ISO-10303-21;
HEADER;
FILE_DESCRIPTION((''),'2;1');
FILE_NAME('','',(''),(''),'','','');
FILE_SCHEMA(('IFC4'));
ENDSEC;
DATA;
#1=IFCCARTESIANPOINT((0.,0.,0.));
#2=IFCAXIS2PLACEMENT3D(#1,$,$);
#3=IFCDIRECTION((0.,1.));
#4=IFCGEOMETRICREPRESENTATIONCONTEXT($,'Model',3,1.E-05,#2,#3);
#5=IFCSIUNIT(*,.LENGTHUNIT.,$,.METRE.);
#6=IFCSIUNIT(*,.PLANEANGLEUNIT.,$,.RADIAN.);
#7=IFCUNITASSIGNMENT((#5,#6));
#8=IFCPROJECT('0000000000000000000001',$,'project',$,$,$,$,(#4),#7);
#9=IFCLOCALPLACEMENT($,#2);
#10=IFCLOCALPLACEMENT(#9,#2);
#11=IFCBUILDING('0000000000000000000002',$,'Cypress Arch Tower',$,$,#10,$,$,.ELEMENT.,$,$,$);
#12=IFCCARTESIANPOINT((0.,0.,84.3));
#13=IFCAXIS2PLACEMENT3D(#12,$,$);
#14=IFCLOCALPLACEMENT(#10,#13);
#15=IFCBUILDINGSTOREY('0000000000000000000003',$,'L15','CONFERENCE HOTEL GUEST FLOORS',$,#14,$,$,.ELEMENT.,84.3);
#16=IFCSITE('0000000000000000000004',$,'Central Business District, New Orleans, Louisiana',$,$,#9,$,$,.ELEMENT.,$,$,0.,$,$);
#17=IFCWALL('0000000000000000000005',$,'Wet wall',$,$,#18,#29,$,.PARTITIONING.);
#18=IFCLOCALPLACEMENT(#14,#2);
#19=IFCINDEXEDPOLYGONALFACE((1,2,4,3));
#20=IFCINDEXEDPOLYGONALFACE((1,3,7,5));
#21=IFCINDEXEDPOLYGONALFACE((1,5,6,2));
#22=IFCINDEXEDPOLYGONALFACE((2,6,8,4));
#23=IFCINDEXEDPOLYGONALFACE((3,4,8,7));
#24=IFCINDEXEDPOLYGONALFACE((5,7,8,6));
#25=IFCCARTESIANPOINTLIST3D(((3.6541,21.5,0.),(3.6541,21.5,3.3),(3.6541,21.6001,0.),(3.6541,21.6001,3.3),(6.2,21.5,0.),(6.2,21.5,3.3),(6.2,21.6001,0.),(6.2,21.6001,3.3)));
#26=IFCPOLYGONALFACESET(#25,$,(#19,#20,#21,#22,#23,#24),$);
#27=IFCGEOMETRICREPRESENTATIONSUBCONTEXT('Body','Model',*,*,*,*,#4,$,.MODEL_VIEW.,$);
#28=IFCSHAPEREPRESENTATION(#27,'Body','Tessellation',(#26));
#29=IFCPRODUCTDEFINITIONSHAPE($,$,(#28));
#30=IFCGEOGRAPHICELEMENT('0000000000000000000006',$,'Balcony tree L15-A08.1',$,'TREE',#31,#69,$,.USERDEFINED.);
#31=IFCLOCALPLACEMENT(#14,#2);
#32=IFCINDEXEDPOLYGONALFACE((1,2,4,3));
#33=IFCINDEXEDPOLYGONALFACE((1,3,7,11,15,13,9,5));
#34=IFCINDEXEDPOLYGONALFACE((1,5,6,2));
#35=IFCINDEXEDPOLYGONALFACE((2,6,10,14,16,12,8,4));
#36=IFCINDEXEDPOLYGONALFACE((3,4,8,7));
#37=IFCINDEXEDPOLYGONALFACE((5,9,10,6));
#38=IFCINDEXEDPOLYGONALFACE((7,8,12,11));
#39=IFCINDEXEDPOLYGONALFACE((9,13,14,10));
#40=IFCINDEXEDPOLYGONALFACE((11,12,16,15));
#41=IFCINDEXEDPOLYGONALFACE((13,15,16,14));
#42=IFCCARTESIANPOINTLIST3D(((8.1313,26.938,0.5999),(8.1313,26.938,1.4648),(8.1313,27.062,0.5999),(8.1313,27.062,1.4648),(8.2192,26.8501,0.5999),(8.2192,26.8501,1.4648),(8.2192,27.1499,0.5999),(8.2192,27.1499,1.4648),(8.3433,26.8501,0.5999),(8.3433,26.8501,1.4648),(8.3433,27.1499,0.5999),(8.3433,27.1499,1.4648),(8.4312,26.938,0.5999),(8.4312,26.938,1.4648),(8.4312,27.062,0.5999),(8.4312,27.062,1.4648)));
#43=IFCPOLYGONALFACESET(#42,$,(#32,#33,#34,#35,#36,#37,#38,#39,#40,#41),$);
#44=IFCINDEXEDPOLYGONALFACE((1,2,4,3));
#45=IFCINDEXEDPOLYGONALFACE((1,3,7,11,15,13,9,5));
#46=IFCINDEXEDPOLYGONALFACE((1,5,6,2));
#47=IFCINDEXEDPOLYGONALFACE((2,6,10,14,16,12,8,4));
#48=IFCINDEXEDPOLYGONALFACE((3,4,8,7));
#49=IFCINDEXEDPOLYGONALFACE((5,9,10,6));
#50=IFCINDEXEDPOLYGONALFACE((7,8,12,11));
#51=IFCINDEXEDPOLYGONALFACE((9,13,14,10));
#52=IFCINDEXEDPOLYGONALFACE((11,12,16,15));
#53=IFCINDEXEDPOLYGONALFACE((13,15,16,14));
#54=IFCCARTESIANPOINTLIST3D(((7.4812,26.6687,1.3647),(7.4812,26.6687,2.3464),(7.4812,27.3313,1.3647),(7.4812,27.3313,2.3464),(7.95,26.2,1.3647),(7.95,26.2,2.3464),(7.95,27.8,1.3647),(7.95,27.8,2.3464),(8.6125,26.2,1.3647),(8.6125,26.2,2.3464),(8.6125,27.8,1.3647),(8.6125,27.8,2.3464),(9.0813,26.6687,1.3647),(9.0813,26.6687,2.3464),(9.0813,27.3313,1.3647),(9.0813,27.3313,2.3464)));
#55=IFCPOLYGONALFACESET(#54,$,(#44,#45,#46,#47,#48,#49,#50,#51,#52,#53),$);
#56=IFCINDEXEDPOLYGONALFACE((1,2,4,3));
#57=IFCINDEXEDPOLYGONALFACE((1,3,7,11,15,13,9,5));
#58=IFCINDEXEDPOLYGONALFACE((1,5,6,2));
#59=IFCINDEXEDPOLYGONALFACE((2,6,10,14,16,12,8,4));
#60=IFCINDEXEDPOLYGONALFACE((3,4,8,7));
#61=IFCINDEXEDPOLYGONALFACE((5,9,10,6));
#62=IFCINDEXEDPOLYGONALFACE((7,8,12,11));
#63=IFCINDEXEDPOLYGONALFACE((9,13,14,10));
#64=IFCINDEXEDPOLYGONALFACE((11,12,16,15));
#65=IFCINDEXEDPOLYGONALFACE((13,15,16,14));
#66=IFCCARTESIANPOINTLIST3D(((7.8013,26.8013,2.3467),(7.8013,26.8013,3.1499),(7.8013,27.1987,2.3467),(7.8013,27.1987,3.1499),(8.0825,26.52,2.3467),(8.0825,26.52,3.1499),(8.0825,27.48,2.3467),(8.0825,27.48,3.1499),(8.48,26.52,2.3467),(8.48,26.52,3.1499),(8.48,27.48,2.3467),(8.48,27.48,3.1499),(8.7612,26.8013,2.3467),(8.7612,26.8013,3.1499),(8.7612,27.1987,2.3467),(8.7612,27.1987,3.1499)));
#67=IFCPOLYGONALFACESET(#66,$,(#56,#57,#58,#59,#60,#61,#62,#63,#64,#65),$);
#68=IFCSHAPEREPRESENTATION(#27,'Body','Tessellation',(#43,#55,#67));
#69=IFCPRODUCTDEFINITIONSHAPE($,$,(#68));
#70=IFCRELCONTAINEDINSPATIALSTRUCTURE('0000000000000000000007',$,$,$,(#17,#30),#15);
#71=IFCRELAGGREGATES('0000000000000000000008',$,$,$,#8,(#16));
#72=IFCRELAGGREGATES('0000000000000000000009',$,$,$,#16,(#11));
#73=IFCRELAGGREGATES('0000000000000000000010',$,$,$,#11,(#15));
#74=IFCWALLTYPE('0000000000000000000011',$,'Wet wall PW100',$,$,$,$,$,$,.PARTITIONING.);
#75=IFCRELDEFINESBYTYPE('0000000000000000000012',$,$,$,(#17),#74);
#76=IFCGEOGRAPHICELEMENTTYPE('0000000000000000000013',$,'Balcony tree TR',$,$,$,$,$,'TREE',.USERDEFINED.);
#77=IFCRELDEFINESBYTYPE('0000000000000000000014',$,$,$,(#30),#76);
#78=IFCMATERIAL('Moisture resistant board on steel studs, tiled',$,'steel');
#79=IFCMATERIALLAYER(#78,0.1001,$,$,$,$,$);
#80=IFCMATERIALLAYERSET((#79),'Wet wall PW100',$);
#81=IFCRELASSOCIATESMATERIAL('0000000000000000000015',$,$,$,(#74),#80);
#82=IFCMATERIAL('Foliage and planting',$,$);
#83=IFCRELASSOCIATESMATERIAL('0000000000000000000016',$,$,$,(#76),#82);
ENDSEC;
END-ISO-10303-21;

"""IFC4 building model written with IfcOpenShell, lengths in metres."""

from ifc_helpers import new_model, si_unit, direction, frame, frame_2d, origin, place, context, subcontext, project, spatial, polyline, rectangle, outline, extrude, material, layer, layer_set, type_object, element, save


model = new_model("IFC4")

# Units and contexts
model_context = context("Model", 3, precision=1e-05, world=origin(), true_north=direction((0.0, 1.0)))
body_context = subcontext(model_context, "Body", "Model", "MODEL_VIEW")
ifc_project = project(units=[si_unit("LENGTHUNIT", "METRE"), si_unit("PLANEANGLEUNIT", "RADIAN")], contexts=[model_context])

# Site, building, storey
site_placement = place(None, origin())
site = spatial("IfcSite", under=ifc_project, at=site_placement, Name="Central Business District, New Orleans, Louisiana", CompositionType="ELEMENT", RefElevation=0.0)
building_placement = place(site_placement, origin())
building = spatial("IfcBuilding", under=site, at=building_placement, Name="Cypress Arch Tower", CompositionType="ELEMENT")
storey_placement = place(building_placement, frame((0.0, 0.0, 84.3)))
storey = spatial("IfcBuildingStorey", under=building, at=storey_placement, Name="L15", Description="CONFERENCE HOTEL GUEST FLOORS", CompositionType="ELEMENT", Elevation=84.3)

# Shared definitions
ifc_material_1 = material(Name="Moisture resistant board on steel studs, tiled", Category="steel")
ifc_layer_1 = layer(ifc_material_1, 0.1001)
ifc_layer_set_1 = layer_set([ifc_layer_1], Name="Wet wall PW100")
wall_type_1 = type_object("IfcWallType", Name="Wet wall PW100", PredefinedType="PARTITIONING", material=ifc_layer_set_1)

# Wall
for number, where, z_axis, x_axis, name in (
    (1, (3.6541, 21.55, 0.0), (0.0, 0.0, 1.0), (1.0, 0.0, 0.0), "Wet wall"),
):
    element("IfcWall", number, at=place(storey_placement, frame(where, z_axis=z_axis, x_axis=x_axis)), inside=storey, type_object=wall_type_1, Name=name, PredefinedType="PARTITIONING", context=body_context, shape_type="SweptSolid", body=[
        extrude(rectangle(XDim=2.5459, YDim=0.1001, at=frame_2d((1.2729, 0.0))), origin(), (0.0, 0.0, 1.0), 3.3),
    ])

# Geographic element
ifc_material_2 = material(Name="Foliage and planting")
geographic_element_type = type_object("IfcGeographicElementType", Name="Balcony tree TR", ElementType="TREE", PredefinedType="USERDEFINED", material=ifc_material_2)
geographic_element_placement = place(storey_placement, frame((8.2812, 27.0, 0.5999), z_axis=(0.0, 0.0, 1.0), x_axis=(1.0, 0.0, 0.0)))
element("IfcGeographicElement", 2, at=geographic_element_placement, inside=storey, type_object=geographic_element_type, Name="Balcony tree L15-A08.1", ObjectType="TREE", PredefinedType="USERDEFINED", context=body_context, shape_type="SweptSolid", body=[
    extrude(outline(polyline([(0.1499, 0.062), (0.062, 0.1499), (-0.062, 0.1499), (-0.1499, 0.062), (-0.1499, -0.062), (-0.062, -0.1499), (0.062, -0.1499), (0.1499, -0.062), (0.1499, 0.062)])), origin(), (0.0, 0.0, 1.0), 0.865),
    extrude(outline(polyline([(0.8, 0.3313), (0.3313, 0.8), (-0.3313, 0.8), (-0.8, 0.3313), (-0.8, -0.3313), (-0.3313, -0.8), (0.3313, -0.8), (0.8, -0.3313), (0.8, 0.3313)])), frame((0.0, 0.0, 0.7649)), (0.0, 0.0, 1.0), 0.9817),
    extrude(outline(polyline([(0.48, 0.1987), (0.1987, 0.48), (-0.1987, 0.48), (-0.48, 0.1987), (-0.48, -0.1987), (-0.1987, -0.48), (0.1987, -0.48), (0.48, -0.1987), (0.48, 0.1987)])), frame((0.0, 0.0, 1.7468)), (0.0, 0.0, 1.0), 0.8032),
])

save(model, "model.ifc")
